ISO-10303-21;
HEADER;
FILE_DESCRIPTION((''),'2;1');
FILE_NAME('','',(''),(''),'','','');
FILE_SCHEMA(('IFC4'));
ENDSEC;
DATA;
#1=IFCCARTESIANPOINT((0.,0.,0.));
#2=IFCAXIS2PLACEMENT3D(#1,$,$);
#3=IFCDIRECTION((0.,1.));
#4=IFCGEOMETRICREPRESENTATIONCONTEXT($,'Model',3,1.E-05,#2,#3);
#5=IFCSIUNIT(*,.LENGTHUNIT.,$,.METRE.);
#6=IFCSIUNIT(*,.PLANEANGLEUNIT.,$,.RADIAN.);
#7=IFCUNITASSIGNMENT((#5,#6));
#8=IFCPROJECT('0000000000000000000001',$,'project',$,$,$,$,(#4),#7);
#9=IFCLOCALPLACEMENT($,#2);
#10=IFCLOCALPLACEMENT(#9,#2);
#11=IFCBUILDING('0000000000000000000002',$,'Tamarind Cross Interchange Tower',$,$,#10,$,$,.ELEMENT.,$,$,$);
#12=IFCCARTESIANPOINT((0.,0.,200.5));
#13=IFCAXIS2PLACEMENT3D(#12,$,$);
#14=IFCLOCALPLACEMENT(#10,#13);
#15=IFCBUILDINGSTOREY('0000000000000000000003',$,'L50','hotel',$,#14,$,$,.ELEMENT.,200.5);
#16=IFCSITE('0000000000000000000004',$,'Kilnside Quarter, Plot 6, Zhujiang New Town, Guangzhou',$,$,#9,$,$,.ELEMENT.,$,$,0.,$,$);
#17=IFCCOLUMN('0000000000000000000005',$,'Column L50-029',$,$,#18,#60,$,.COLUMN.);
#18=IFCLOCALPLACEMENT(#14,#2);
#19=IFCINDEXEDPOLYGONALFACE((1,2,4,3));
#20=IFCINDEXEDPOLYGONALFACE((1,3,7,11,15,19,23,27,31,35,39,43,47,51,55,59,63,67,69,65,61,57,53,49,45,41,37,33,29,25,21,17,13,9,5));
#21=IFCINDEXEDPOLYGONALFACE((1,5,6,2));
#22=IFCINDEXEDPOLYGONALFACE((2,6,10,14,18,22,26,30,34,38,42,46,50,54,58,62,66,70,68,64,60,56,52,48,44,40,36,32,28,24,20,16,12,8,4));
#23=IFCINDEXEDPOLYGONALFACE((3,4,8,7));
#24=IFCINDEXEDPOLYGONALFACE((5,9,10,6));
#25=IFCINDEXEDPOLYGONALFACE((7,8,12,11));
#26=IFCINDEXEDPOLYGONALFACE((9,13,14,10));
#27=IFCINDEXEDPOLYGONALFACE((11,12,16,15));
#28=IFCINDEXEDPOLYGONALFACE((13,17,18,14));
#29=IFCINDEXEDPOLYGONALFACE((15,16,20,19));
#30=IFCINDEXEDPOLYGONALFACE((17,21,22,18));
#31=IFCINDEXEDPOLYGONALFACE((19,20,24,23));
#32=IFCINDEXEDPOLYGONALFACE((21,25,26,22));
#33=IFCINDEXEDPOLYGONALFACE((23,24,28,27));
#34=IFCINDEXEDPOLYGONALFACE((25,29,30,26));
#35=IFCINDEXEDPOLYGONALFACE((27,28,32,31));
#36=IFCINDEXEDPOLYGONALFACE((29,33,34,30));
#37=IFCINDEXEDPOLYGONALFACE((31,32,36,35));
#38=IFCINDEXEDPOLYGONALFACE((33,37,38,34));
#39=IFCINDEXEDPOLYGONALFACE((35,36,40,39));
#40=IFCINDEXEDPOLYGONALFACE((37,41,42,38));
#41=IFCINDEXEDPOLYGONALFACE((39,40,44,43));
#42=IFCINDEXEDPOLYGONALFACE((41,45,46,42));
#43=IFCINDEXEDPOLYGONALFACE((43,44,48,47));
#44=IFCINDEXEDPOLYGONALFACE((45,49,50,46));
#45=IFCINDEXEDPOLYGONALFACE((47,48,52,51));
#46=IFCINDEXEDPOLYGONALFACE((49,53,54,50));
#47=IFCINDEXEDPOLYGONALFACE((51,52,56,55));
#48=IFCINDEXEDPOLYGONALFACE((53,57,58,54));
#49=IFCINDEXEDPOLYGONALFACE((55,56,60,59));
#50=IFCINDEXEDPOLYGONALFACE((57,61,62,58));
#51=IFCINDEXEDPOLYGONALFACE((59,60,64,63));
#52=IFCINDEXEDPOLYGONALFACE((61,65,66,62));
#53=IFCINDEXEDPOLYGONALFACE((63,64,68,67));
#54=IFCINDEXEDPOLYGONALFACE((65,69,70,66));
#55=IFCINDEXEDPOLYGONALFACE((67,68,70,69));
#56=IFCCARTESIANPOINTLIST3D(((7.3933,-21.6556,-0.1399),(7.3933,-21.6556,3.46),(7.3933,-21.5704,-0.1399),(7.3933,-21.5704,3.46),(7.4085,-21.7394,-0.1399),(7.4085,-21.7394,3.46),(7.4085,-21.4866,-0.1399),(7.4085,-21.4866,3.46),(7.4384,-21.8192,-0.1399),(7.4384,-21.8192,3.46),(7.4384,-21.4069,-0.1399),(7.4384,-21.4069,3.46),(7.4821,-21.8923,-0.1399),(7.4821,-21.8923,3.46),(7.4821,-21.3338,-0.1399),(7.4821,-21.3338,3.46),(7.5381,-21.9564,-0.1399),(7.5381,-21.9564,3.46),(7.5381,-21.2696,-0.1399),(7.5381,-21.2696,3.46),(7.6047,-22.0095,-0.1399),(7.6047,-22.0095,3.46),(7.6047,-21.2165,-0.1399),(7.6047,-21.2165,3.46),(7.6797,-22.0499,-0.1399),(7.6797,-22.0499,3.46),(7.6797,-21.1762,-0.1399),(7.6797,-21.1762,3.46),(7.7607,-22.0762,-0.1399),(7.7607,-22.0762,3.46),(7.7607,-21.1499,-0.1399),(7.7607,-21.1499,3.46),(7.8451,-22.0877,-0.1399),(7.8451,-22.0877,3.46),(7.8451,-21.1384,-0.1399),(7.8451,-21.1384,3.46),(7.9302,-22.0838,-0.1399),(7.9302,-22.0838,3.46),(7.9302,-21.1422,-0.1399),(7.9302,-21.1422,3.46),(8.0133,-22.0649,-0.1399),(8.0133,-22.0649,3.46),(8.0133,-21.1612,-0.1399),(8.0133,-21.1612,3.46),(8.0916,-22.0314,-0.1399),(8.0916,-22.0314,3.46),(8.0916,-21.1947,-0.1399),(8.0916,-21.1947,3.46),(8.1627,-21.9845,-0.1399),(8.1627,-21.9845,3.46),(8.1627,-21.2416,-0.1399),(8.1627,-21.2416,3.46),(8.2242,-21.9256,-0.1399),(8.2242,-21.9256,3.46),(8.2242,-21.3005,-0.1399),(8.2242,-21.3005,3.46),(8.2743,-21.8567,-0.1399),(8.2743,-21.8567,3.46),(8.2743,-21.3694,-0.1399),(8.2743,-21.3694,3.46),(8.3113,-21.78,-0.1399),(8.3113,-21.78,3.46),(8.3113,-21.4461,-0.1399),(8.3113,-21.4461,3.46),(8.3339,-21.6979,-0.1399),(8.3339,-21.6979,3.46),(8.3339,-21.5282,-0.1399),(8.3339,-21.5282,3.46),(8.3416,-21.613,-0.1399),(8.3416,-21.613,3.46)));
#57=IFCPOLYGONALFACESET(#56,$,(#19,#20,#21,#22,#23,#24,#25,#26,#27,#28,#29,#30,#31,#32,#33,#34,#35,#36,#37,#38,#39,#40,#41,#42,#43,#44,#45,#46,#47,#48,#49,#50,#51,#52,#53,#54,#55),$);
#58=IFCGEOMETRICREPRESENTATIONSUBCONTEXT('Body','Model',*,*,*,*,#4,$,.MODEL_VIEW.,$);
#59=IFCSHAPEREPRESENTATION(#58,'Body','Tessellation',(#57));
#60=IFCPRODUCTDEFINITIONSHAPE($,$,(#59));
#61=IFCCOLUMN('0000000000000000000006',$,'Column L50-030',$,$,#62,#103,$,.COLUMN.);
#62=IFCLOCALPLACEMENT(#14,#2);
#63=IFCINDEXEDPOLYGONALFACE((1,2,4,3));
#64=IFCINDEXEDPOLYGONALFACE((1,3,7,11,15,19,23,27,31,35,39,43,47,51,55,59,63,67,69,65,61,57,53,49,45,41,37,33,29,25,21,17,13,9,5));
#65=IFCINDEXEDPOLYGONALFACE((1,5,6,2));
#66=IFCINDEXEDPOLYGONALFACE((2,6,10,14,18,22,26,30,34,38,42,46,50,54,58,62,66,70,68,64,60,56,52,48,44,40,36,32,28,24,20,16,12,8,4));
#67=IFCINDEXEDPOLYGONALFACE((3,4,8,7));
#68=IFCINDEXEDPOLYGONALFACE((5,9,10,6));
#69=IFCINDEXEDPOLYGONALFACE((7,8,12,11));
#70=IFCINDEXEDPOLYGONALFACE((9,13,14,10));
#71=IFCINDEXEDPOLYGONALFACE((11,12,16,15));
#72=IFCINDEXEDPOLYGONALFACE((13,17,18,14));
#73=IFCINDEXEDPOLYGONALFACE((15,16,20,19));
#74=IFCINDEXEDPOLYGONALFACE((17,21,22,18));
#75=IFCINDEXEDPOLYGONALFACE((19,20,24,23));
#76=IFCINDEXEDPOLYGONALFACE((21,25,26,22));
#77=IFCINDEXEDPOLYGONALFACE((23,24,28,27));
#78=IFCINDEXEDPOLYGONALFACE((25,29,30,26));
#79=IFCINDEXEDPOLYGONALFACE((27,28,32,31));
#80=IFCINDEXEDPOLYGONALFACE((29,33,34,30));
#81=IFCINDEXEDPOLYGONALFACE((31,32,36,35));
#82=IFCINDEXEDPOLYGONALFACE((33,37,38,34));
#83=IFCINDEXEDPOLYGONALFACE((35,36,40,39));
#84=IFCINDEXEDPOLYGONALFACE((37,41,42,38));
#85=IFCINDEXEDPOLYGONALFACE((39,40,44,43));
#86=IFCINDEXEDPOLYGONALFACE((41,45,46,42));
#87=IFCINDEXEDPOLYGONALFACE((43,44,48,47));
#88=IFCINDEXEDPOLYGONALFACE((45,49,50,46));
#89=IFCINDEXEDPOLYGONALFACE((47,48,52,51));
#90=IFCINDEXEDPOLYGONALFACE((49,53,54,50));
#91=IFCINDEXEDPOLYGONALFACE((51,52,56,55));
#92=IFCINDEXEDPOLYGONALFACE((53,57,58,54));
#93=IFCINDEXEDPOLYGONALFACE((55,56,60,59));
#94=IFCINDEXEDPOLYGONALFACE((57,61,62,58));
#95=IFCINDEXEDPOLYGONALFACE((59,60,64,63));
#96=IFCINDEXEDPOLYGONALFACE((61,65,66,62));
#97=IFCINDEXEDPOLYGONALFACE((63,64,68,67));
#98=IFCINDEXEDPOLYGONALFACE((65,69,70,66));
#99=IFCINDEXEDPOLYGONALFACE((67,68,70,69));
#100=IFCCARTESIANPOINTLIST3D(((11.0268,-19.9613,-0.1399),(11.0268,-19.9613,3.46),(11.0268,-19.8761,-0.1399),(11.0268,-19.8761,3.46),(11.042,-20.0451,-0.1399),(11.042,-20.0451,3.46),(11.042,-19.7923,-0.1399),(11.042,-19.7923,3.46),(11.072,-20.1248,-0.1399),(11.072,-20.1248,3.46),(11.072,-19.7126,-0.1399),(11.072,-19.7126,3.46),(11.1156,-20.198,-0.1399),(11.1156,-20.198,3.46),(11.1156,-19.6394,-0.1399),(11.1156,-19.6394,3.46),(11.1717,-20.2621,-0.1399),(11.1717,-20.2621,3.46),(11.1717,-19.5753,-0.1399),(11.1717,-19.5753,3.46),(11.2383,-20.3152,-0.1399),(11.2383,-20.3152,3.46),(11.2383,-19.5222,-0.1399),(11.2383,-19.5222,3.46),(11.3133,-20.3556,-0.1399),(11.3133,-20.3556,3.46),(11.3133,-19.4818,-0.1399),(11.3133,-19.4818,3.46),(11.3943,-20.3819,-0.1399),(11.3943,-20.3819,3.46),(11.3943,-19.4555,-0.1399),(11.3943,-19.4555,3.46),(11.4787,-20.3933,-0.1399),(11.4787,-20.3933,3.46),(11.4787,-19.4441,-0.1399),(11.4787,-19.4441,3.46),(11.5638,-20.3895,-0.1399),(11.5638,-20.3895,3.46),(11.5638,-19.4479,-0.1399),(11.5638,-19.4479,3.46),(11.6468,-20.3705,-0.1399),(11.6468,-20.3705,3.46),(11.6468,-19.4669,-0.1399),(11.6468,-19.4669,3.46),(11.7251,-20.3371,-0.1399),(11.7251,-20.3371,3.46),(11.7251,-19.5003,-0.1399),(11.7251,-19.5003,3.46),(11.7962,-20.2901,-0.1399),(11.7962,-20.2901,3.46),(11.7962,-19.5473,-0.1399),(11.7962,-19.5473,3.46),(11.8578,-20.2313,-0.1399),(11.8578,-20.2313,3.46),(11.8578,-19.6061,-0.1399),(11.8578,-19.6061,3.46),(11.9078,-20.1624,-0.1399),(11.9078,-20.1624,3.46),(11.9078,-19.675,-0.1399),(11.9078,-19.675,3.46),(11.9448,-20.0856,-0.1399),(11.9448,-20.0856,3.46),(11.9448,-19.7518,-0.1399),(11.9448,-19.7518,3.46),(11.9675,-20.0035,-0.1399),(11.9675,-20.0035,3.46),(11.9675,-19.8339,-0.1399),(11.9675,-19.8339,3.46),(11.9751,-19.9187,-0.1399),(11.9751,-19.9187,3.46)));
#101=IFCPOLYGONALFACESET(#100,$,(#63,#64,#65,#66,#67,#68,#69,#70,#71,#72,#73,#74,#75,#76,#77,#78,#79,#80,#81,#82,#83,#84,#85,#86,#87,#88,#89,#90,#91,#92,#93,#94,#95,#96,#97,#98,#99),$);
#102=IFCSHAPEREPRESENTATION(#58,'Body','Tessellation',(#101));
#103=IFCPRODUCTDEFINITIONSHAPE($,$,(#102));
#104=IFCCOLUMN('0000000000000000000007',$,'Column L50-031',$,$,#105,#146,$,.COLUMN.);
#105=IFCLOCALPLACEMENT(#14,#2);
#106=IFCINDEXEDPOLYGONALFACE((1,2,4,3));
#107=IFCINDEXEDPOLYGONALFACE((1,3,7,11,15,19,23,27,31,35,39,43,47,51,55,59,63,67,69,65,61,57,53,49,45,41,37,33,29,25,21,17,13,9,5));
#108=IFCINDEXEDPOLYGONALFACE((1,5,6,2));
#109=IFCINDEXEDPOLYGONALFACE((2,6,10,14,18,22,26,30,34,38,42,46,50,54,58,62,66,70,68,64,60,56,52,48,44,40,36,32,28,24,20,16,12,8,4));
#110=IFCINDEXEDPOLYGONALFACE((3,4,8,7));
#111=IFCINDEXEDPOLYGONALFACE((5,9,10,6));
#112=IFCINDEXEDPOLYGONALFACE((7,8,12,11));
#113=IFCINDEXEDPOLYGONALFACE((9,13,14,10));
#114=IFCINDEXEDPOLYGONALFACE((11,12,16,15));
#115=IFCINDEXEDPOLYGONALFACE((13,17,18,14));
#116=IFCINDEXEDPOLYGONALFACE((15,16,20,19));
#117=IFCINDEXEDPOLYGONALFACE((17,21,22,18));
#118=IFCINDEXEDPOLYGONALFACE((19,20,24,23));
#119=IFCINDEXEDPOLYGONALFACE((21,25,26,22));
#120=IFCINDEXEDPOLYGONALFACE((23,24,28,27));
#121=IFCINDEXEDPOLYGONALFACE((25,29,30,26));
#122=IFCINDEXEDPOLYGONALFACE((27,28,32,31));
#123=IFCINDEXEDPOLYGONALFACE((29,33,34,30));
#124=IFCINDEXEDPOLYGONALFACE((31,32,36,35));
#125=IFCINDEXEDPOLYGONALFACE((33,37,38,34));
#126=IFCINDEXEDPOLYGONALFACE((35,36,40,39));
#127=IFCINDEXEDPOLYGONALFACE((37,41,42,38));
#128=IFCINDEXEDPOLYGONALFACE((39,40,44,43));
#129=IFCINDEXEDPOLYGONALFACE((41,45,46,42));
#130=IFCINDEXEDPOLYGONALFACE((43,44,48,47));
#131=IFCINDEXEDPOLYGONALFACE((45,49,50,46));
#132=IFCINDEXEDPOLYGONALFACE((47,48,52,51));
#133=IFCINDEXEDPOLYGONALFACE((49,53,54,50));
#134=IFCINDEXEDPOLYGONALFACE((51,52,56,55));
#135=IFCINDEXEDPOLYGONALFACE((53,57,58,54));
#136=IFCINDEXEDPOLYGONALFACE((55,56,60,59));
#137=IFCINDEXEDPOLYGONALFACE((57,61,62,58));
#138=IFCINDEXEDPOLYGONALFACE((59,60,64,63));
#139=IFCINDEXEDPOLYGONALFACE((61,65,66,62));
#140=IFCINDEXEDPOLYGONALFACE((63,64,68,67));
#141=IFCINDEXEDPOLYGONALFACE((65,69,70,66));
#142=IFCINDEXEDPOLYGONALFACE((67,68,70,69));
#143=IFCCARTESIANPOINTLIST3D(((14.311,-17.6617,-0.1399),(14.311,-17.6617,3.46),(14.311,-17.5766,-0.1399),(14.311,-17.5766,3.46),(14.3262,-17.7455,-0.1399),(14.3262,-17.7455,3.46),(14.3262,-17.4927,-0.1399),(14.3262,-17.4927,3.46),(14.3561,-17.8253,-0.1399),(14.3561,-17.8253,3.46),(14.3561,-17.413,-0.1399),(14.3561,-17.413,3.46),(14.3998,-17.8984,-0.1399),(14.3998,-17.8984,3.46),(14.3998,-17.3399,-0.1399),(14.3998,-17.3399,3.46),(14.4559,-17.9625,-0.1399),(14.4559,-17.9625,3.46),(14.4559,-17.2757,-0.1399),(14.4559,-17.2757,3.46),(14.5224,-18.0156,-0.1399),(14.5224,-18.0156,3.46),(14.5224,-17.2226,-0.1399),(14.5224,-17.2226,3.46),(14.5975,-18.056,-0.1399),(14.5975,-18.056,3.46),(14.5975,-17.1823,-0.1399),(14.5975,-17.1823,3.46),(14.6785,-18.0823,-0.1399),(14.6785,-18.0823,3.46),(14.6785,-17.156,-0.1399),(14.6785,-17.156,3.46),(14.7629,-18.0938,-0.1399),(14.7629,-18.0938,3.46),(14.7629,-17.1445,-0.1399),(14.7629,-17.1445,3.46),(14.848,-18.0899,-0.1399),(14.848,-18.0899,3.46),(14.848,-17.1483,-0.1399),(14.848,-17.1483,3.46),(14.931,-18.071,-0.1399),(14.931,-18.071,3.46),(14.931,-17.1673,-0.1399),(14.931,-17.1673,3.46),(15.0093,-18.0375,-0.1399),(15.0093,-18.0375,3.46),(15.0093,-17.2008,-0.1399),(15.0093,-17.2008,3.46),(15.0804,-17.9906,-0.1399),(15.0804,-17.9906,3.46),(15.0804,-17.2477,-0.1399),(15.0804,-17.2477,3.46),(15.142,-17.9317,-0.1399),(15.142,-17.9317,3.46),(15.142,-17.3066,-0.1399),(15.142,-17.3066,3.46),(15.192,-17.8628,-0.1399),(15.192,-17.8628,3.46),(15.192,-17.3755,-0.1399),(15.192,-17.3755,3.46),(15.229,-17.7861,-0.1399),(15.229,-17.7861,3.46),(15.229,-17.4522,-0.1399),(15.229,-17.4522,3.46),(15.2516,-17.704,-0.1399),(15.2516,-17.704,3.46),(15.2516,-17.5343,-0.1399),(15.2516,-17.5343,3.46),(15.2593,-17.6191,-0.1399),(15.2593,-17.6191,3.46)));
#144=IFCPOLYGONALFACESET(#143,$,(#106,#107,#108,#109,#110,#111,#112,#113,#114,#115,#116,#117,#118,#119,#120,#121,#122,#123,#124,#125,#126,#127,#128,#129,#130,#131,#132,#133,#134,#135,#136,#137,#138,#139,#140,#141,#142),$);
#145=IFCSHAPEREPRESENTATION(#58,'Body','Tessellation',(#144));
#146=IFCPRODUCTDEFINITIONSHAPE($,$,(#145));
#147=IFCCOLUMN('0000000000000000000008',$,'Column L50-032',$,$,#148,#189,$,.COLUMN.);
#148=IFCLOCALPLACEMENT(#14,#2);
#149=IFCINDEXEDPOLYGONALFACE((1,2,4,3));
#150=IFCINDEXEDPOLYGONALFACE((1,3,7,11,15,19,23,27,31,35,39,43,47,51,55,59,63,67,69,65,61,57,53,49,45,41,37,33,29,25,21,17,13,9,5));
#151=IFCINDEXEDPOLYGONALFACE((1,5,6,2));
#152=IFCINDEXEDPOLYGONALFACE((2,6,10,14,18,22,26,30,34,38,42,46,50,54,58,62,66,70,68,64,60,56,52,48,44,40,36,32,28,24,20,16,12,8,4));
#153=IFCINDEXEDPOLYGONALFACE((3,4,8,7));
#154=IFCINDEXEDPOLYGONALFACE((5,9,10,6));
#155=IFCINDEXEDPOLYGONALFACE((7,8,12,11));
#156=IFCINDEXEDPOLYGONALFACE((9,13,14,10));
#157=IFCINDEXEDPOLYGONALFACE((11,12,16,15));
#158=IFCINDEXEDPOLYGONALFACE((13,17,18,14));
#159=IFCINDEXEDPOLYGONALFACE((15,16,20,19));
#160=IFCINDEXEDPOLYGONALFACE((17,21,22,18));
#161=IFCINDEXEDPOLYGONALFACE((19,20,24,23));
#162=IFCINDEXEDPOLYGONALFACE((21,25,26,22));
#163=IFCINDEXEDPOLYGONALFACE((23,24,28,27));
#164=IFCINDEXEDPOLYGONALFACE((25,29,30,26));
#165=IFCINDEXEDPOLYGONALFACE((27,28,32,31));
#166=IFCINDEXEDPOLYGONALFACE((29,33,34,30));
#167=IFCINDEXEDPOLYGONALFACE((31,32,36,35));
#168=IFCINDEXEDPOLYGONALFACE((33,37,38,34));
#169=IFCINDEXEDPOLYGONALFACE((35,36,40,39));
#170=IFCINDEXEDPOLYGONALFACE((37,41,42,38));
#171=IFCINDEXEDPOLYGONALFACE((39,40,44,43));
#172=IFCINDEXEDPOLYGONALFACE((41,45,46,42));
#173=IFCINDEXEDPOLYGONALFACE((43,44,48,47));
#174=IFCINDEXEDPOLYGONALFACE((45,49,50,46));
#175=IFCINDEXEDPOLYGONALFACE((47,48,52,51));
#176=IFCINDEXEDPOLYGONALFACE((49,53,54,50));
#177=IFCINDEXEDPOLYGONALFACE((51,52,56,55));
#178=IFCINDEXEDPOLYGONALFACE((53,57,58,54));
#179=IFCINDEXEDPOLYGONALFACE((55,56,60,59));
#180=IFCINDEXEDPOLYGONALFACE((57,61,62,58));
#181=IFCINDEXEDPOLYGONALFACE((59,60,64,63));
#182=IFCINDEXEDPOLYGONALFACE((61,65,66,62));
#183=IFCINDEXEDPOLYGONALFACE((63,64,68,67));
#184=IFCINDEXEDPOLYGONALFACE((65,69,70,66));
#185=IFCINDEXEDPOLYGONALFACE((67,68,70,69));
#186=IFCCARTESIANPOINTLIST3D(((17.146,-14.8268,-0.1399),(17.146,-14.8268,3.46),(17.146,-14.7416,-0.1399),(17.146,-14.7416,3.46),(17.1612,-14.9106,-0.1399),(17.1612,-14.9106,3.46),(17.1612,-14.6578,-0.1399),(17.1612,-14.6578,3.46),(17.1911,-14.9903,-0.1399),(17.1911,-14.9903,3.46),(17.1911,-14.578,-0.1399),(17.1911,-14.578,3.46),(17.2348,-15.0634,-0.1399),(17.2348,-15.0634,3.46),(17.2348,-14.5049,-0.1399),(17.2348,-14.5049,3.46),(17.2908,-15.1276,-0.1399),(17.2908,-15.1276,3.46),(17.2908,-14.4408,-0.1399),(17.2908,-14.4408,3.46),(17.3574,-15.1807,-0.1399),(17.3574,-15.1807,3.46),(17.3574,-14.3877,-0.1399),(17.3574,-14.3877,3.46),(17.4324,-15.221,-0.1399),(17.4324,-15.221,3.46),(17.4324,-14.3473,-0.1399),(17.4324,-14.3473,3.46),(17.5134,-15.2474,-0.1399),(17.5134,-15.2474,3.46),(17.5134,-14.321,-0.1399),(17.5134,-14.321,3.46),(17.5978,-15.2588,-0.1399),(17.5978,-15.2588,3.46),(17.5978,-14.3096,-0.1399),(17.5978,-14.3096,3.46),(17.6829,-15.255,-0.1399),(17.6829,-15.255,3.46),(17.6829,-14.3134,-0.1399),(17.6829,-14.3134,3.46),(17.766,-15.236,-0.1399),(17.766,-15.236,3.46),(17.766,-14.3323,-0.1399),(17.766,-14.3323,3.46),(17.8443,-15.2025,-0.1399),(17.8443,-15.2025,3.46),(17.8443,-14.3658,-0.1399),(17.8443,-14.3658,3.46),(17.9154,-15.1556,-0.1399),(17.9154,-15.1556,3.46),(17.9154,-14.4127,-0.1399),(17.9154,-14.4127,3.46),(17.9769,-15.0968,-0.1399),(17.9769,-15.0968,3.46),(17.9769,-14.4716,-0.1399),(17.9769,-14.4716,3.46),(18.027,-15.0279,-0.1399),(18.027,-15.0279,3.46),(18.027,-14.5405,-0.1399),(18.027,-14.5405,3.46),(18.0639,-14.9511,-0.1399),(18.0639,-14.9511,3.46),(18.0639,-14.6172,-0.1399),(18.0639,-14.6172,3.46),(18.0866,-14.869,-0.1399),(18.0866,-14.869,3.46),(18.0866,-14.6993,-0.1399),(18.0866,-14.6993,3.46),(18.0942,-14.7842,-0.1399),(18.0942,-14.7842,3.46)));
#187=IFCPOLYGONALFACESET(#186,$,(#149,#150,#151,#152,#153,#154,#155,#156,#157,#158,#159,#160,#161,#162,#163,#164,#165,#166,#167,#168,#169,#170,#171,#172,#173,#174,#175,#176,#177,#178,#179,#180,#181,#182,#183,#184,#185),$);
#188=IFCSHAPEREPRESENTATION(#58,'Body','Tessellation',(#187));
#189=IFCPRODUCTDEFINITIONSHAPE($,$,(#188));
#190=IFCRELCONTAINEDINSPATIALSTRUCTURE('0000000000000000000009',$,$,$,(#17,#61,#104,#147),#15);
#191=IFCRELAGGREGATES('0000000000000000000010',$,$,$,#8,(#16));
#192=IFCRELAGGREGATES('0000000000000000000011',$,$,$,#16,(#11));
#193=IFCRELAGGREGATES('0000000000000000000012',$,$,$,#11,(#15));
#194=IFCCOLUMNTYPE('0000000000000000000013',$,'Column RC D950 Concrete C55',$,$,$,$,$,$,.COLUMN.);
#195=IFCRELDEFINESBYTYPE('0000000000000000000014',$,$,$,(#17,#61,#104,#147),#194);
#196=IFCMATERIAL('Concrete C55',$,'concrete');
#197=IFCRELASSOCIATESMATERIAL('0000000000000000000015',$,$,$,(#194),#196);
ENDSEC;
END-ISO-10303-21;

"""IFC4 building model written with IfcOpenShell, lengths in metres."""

from ifc_helpers import new_model, si_unit, direction, frame, origin, origin_2d, place, context, subcontext, project, spatial, circle, extrude, material, material_profile, profile_set, type_object, element, save


model = new_model("IFC4")

# Units and contexts
model_context = context("Model", 3, precision=1e-05, world=origin(), true_north=direction((0.0, 1.0)))
body_context = subcontext(model_context, "Body", "Model", "MODEL_VIEW")
ifc_project = project(units=[si_unit("LENGTHUNIT", "METRE"), si_unit("PLANEANGLEUNIT", "RADIAN")], contexts=[model_context])

# Site, building, storey
site_placement = place(None, origin())
site = spatial("IfcSite", under=ifc_project, at=site_placement, Name="Kilnside Quarter, Plot 6, Zhujiang New Town, Guangzhou", CompositionType="ELEMENT", RefElevation=0.0)
building_placement = place(site_placement, origin())
building = spatial("IfcBuilding", under=site, at=building_placement, Name="Tamarind Cross Interchange Tower", CompositionType="ELEMENT")
storey_placement = place(building_placement, frame((0.0, 0.0, 200.5)))
storey = spatial("IfcBuildingStorey", under=building, at=storey_placement, Name="L50", Description="hotel", CompositionType="ELEMENT", Elevation=200.5)

# Columns
ifc_material_1 = material(Name="Concrete C55", Category="concrete")
ifc_material_profile_1 = material_profile(ifc_material_1, circle(Radius=0.4751, at=origin_2d()), Name="RC D950")
ifc_profile_set_1 = profile_set([ifc_material_profile_1], Name="Concrete C55")
column_type = type_object("IfcColumnType", Name="Column RC D950 Concrete C55", PredefinedType="COLUMN", material=ifc_profile_set_1)
for number, where, z_axis, x_axis, name in (
    (1, (7.8665, -21.613, -0.1399), (0.0, 0.0, 1.0), (1.0, 0.0, 0.0), "Column L50-029"),
    (2, (11.5, -19.9187, -0.1399), (0.0, 0.0, 1.0), (1.0, 0.0, 0.0), "Column L50-030"),
    (3, (14.7842, -17.6191, -0.1399), (0.0, 0.0, 1.0), (1.0, 0.0, 0.0), "Column L50-031"),
    (4, (17.6191, -14.7842, -0.1399), (0.0, 0.0, 1.0), (1.0, 0.0, 0.0), "Column L50-032"),
):
    element("IfcColumn", number, at=place(storey_placement, frame(where, z_axis=z_axis, x_axis=x_axis)), inside=storey, type_object=column_type, Name=name, PredefinedType="COLUMN", context=body_context, shape_type="SweptSolid", body=[
        extrude(circle(Radius=0.4751, at=origin_2d()), origin(), (0.0, 0.0, 1.0), 3.5999),
    ])

save(model, "model.ifc")
